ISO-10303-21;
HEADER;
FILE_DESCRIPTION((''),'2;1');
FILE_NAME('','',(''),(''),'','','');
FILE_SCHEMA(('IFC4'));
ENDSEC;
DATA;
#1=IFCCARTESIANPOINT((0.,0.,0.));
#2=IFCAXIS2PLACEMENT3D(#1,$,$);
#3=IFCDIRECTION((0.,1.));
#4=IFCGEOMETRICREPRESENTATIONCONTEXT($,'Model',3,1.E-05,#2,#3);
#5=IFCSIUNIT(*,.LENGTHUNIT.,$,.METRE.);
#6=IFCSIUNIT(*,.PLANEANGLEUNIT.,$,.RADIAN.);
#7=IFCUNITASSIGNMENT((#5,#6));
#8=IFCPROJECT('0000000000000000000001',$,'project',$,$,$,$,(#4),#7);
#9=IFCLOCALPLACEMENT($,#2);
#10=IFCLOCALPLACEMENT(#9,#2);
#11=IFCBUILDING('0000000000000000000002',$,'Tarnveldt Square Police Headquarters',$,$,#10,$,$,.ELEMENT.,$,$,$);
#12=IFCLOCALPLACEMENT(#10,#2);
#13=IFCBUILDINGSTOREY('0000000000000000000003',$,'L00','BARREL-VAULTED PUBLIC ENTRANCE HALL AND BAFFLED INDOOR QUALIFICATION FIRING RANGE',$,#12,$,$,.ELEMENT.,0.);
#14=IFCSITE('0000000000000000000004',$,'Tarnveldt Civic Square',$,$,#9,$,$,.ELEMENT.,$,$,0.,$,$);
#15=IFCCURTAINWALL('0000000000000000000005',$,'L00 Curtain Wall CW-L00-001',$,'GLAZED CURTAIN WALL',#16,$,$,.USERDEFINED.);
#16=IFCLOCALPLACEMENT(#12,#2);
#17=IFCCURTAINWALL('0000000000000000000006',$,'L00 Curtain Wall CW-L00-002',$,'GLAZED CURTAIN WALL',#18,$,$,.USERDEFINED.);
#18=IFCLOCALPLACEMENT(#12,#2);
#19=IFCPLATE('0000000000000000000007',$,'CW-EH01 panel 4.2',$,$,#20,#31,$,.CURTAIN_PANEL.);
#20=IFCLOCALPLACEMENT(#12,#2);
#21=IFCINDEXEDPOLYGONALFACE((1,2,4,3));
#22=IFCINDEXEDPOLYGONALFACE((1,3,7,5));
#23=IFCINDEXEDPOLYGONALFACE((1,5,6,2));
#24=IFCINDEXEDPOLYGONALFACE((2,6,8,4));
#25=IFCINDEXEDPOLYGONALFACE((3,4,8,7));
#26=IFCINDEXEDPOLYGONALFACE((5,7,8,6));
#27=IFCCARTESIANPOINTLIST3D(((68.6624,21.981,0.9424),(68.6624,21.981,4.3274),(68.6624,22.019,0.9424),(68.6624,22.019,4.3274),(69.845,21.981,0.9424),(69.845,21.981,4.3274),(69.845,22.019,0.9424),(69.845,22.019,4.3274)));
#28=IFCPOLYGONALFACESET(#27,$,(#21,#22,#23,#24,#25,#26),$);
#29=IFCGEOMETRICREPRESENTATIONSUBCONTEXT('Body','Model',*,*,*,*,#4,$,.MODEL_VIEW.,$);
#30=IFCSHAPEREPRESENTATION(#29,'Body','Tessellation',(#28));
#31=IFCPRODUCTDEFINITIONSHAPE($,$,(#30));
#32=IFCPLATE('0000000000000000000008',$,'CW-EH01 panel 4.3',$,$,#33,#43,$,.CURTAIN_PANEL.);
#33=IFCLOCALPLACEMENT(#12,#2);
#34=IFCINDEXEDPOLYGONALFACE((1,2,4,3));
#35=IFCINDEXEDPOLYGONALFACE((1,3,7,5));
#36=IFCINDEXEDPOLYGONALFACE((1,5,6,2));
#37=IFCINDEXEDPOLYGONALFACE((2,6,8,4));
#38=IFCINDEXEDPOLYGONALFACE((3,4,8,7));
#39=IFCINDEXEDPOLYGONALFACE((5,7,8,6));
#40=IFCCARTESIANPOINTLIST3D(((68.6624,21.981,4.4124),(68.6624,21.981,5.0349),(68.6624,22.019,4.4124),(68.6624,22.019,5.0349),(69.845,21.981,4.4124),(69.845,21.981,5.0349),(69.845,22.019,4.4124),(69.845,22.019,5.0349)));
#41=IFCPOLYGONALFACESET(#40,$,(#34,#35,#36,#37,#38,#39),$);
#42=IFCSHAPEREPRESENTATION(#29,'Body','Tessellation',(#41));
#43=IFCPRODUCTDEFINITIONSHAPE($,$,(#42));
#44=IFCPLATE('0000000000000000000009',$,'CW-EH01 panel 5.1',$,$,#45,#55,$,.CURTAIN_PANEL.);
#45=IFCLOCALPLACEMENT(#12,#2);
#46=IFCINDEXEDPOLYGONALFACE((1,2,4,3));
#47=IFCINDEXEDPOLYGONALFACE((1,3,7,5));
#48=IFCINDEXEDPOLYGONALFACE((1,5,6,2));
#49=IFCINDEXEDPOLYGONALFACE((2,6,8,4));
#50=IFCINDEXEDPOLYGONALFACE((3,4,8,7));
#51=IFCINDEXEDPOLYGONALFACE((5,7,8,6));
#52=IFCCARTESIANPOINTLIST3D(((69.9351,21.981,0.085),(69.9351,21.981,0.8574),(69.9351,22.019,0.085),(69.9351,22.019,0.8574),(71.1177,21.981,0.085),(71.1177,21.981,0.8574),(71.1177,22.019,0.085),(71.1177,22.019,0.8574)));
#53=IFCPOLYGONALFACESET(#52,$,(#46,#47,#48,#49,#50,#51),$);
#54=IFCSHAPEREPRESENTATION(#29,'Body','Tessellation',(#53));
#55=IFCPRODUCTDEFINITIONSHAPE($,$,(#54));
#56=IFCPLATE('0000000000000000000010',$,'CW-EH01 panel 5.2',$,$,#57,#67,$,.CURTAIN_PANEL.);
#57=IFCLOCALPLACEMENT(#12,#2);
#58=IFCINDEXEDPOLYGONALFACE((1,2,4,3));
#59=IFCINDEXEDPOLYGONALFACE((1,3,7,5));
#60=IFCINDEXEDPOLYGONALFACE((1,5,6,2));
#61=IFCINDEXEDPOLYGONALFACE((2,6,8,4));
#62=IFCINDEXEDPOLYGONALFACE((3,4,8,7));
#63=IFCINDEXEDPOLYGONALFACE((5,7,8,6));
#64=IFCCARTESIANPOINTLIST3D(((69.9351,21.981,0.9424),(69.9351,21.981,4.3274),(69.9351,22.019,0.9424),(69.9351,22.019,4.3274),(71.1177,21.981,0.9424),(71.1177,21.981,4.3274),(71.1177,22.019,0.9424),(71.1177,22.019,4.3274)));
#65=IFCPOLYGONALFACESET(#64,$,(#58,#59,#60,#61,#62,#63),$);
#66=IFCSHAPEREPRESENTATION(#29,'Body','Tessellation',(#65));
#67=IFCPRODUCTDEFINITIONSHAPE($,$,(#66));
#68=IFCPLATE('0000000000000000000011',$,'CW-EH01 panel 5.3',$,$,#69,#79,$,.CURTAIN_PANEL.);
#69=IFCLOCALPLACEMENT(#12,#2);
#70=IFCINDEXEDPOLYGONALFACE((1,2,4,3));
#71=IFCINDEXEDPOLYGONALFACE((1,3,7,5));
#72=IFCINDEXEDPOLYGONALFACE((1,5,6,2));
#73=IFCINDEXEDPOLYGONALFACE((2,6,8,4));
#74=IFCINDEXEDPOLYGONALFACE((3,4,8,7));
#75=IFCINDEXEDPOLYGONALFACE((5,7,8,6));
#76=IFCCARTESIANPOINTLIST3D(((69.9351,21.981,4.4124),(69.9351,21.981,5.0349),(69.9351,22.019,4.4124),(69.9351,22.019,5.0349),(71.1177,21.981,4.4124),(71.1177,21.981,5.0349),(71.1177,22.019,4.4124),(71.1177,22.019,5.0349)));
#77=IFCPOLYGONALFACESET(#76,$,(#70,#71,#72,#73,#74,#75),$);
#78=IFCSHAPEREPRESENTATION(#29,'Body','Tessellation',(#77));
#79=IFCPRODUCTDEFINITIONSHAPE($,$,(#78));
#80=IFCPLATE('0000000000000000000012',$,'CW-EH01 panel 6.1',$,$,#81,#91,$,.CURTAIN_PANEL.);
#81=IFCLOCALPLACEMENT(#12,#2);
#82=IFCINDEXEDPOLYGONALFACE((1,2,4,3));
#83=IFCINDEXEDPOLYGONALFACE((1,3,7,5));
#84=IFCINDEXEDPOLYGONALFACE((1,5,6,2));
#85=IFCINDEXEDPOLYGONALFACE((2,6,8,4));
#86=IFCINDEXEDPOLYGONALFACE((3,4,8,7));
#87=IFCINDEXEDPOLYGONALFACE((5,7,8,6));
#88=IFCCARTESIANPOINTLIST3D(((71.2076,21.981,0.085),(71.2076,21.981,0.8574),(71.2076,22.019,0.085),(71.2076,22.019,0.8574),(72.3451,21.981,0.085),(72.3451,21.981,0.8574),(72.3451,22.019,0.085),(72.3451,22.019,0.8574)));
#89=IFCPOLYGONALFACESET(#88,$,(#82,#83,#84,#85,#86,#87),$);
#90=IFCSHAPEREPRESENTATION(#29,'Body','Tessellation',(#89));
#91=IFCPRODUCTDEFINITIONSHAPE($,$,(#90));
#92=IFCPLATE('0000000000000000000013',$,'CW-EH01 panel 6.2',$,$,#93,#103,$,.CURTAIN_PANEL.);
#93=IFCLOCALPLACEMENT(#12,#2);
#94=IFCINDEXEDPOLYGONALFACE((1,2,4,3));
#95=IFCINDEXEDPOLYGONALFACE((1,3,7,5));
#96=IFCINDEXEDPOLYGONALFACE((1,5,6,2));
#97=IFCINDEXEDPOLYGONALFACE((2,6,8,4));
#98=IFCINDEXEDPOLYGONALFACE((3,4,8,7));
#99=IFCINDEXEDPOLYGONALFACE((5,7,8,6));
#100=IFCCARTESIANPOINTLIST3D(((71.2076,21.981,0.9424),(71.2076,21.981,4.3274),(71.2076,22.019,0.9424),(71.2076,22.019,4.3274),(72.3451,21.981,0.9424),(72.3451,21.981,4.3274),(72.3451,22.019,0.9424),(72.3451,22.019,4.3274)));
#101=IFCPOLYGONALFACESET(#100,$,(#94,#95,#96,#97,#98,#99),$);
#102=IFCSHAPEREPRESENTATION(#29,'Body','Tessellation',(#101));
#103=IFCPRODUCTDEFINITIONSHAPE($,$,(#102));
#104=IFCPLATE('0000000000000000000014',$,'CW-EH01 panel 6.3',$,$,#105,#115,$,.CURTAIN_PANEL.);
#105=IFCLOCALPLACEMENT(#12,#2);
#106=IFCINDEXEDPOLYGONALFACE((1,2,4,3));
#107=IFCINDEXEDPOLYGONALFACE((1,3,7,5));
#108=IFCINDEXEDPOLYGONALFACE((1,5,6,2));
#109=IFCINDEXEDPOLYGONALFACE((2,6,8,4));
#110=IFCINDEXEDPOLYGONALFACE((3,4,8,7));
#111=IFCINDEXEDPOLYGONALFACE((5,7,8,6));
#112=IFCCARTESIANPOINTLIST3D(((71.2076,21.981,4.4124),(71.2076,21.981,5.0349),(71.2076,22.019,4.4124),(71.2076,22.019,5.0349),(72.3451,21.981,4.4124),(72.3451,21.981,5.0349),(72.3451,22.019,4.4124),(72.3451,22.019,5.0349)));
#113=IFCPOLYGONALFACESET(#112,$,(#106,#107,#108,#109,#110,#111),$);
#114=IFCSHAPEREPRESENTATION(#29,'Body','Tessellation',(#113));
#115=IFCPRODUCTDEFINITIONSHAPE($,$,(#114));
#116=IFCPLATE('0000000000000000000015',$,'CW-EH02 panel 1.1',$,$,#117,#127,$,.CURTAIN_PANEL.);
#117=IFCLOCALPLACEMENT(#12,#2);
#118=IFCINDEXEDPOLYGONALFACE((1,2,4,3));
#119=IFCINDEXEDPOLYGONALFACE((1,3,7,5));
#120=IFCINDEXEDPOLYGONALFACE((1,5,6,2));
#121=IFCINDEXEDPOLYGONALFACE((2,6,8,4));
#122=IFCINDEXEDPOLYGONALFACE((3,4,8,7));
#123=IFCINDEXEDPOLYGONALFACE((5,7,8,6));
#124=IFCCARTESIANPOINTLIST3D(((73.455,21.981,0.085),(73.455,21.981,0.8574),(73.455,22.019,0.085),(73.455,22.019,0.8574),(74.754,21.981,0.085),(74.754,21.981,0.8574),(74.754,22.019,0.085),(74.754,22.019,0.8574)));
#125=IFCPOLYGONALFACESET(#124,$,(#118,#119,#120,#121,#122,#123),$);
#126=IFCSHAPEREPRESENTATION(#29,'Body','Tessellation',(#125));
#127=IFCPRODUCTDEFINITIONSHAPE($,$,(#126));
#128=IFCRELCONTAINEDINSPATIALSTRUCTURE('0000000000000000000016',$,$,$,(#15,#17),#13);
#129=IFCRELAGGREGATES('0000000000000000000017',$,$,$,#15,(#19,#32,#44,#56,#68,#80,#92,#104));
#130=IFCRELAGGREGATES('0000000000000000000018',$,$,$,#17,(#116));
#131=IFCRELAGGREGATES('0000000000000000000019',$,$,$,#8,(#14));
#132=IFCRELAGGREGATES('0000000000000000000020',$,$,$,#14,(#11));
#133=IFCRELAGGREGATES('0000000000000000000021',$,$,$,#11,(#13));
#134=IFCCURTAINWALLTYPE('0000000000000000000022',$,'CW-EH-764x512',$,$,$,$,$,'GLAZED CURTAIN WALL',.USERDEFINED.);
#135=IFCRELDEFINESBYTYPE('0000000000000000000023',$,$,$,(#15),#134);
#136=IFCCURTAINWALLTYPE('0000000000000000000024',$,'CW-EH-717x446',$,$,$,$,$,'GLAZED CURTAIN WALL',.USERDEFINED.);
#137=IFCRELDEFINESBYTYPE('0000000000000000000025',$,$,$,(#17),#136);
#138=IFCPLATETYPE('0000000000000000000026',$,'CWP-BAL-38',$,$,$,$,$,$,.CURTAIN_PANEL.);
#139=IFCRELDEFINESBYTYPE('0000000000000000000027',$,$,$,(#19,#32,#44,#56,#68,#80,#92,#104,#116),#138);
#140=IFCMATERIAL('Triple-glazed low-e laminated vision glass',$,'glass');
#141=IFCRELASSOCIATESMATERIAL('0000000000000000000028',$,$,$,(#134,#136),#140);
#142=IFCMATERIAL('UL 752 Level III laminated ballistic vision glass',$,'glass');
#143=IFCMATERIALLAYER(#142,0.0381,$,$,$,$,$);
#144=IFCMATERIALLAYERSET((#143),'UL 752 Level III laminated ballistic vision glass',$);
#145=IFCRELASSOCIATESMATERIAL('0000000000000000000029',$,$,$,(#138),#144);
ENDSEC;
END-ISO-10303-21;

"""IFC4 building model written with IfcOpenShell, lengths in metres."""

from ifc_helpers import new_model, si_unit, direction, frame, origin, origin_2d, place, context, subcontext, project, spatial, rectangle, extrude, material, layer, layer_set, type_object, element, aggregate, save


model = new_model("IFC4")

# Units and contexts
model_context = context("Model", 3, precision=1e-05, world=origin(), true_north=direction((0.0, 1.0)))
body_context = subcontext(model_context, "Body", "Model", "MODEL_VIEW")
ifc_project = project(units=[si_unit("LENGTHUNIT", "METRE"), si_unit("PLANEANGLEUNIT", "RADIAN")], contexts=[model_context])

# Site, building, storey
site_placement = place(None, origin())
site = spatial("IfcSite", under=ifc_project, at=site_placement, Name="Tarnveldt Civic Square", CompositionType="ELEMENT", RefElevation=0.0)
building_placement = place(site_placement, origin())
building = spatial("IfcBuilding", under=site, at=building_placement, Name="Tarnveldt Square Police Headquarters", CompositionType="ELEMENT")
storey_placement = place(building_placement, origin())
storey = spatial("IfcBuildingStorey", under=building, at=storey_placement, Name="L00", Description="BARREL-VAULTED PUBLIC ENTRANCE HALL AND BAFFLED INDOOR QUALIFICATION FIRING RANGE", CompositionType="ELEMENT", Elevation=0.0)

# Curtain wall
ifc_material_1 = material(Name="Triple-glazed low-e laminated vision glass", Category="glass")
curtain_wall_type_1 = type_object("IfcCurtainWallType", Name="CW-EH-764x512", ElementType="GLAZED CURTAIN WALL", PredefinedType="USERDEFINED", material=ifc_material_1)
curtain_wall_1_placement = place(storey_placement, origin())
curtain_wall_1 = element("IfcCurtainWall", 1, at=curtain_wall_1_placement, inside=storey, type_object=curtain_wall_type_1, Name="L00 Curtain Wall CW-L00-001", ObjectType="GLAZED CURTAIN WALL", PredefinedType="USERDEFINED")

# Curtain wall
curtain_wall_type_2 = type_object("IfcCurtainWallType", Name="CW-EH-717x446", ElementType="GLAZED CURTAIN WALL", PredefinedType="USERDEFINED", material=ifc_material_1)
curtain_wall_2_placement = place(storey_placement, origin())
curtain_wall_2 = element("IfcCurtainWall", 2, at=curtain_wall_2_placement, inside=storey, type_object=curtain_wall_type_2, Name="L00 Curtain Wall CW-L00-002", ObjectType="GLAZED CURTAIN WALL", PredefinedType="USERDEFINED")

# Plates
ifc_material_2 = material(Name="UL 752 Level III laminated ballistic vision glass", Category="glass")
ifc_layer = layer(ifc_material_2, 0.0381)
ifc_layer_set = layer_set([ifc_layer], Name="UL 752 Level III laminated ballistic vision glass")
plate_type = type_object("IfcPlateType", Name="CWP-BAL-38", PredefinedType="CURTAIN_PANEL", material=ifc_layer_set)
plate_1_placement = place(storey_placement, frame((69.2537, 22.0, 0.9424), z_axis=(0.0, 0.0, 1.0), x_axis=(1.0, 0.0, 0.0)))
plate_1 = element("IfcPlate", 3, at=plate_1_placement, type_object=plate_type, Name="CW-EH01 panel 4.2", PredefinedType="CURTAIN_PANEL", context=body_context, shape_type="SweptSolid", body=[
    extrude(rectangle(XDim=1.1826, YDim=0.0381, at=origin_2d()), origin(), (0.0, 0.0, 1.0), 3.385),
])
plate_2_placement = place(storey_placement, frame((69.2537, 22.0, 4.4124), z_axis=(0.0, 0.0, 1.0), x_axis=(1.0, 0.0, 0.0)))
plate_2 = element("IfcPlate", 4, at=plate_2_placement, type_object=plate_type, Name="CW-EH01 panel 4.3", PredefinedType="CURTAIN_PANEL", context=body_context, shape_type="SweptSolid", body=[
    extrude(rectangle(XDim=1.1826, YDim=0.0381, at=origin_2d()), origin(), (0.0, 0.0, 1.0), 0.6226),
])
plate_3_placement = place(storey_placement, frame((70.5264, 22.0, 0.085), z_axis=(0.0, 0.0, 1.0), x_axis=(1.0, 0.0, 0.0)))
plate_3 = element("IfcPlate", 5, at=plate_3_placement, type_object=plate_type, Name="CW-EH01 panel 5.1", PredefinedType="CURTAIN_PANEL", context=body_context, shape_type="SweptSolid", body=[
    extrude(rectangle(XDim=1.1826, YDim=0.0381, at=origin_2d()), origin(), (0.0, 0.0, 1.0), 0.7725),
])
plate_4_placement = place(storey_placement, frame((70.5264, 22.0, 0.9424), z_axis=(0.0, 0.0, 1.0), x_axis=(1.0, 0.0, 0.0)))
plate_4 = element("IfcPlate", 6, at=plate_4_placement, type_object=plate_type, Name="CW-EH01 panel 5.2", PredefinedType="CURTAIN_PANEL", context=body_context, shape_type="SweptSolid", body=[
    extrude(rectangle(XDim=1.1826, YDim=0.0381, at=origin_2d()), origin(), (0.0, 0.0, 1.0), 3.385),
])
plate_5_placement = place(storey_placement, frame((70.5264, 22.0, 4.4124), z_axis=(0.0, 0.0, 1.0), x_axis=(1.0, 0.0, 0.0)))
plate_5 = element("IfcPlate", 7, at=plate_5_placement, type_object=plate_type, Name="CW-EH01 panel 5.3", PredefinedType="CURTAIN_PANEL", context=body_context, shape_type="SweptSolid", body=[
    extrude(rectangle(XDim=1.1826, YDim=0.0381, at=origin_2d()), origin(), (0.0, 0.0, 1.0), 0.6226),
])
plate_6_placement = place(storey_placement, frame((71.7764, 22.0, 0.085), z_axis=(0.0, 0.0, 1.0), x_axis=(1.0, 0.0, 0.0)))
plate_6 = element("IfcPlate", 8, at=plate_6_placement, type_object=plate_type, Name="CW-EH01 panel 6.1", PredefinedType="CURTAIN_PANEL", context=body_context, shape_type="SweptSolid", body=[
    extrude(rectangle(XDim=1.1375, YDim=0.0381, at=origin_2d()), origin(), (0.0, 0.0, 1.0), 0.7725),
])
plate_7_placement = place(storey_placement, frame((71.7764, 22.0, 0.9424), z_axis=(0.0, 0.0, 1.0), x_axis=(1.0, 0.0, 0.0)))
plate_7 = element("IfcPlate", 9, at=plate_7_placement, type_object=plate_type, Name="CW-EH01 panel 6.2", PredefinedType="CURTAIN_PANEL", context=body_context, shape_type="SweptSolid", body=[
    extrude(rectangle(XDim=1.1375, YDim=0.0381, at=origin_2d()), origin(), (0.0, 0.0, 1.0), 3.385),
])
plate_8_placement = place(storey_placement, frame((71.7764, 22.0, 4.4124), z_axis=(0.0, 0.0, 1.0), x_axis=(1.0, 0.0, 0.0)))
plate_8 = element("IfcPlate", 10, at=plate_8_placement, type_object=plate_type, Name="CW-EH01 panel 6.3", PredefinedType="CURTAIN_PANEL", context=body_context, shape_type="SweptSolid", body=[
    extrude(rectangle(XDim=1.1375, YDim=0.0381, at=origin_2d()), origin(), (0.0, 0.0, 1.0), 0.6226),
])
aggregate(curtain_wall_1, [plate_1, plate_2, plate_3, plate_4, plate_5, plate_6, plate_7, plate_8])
plate_9_placement = place(storey_placement, frame((74.1045, 22.0, 0.085), z_axis=(0.0, 0.0, 1.0), x_axis=(1.0, 0.0, 0.0)))
plate_9 = element("IfcPlate", 11, at=plate_9_placement, type_object=plate_type, Name="CW-EH02 panel 1.1", PredefinedType="CURTAIN_PANEL", context=body_context, shape_type="SweptSolid", body=[
    extrude(rectangle(XDim=1.2991, YDim=0.0381, at=origin_2d()), origin(), (0.0, 0.0, 1.0), 0.7725),
])
aggregate(curtain_wall_2, [plate_9])

save(model, "model.ifc")
